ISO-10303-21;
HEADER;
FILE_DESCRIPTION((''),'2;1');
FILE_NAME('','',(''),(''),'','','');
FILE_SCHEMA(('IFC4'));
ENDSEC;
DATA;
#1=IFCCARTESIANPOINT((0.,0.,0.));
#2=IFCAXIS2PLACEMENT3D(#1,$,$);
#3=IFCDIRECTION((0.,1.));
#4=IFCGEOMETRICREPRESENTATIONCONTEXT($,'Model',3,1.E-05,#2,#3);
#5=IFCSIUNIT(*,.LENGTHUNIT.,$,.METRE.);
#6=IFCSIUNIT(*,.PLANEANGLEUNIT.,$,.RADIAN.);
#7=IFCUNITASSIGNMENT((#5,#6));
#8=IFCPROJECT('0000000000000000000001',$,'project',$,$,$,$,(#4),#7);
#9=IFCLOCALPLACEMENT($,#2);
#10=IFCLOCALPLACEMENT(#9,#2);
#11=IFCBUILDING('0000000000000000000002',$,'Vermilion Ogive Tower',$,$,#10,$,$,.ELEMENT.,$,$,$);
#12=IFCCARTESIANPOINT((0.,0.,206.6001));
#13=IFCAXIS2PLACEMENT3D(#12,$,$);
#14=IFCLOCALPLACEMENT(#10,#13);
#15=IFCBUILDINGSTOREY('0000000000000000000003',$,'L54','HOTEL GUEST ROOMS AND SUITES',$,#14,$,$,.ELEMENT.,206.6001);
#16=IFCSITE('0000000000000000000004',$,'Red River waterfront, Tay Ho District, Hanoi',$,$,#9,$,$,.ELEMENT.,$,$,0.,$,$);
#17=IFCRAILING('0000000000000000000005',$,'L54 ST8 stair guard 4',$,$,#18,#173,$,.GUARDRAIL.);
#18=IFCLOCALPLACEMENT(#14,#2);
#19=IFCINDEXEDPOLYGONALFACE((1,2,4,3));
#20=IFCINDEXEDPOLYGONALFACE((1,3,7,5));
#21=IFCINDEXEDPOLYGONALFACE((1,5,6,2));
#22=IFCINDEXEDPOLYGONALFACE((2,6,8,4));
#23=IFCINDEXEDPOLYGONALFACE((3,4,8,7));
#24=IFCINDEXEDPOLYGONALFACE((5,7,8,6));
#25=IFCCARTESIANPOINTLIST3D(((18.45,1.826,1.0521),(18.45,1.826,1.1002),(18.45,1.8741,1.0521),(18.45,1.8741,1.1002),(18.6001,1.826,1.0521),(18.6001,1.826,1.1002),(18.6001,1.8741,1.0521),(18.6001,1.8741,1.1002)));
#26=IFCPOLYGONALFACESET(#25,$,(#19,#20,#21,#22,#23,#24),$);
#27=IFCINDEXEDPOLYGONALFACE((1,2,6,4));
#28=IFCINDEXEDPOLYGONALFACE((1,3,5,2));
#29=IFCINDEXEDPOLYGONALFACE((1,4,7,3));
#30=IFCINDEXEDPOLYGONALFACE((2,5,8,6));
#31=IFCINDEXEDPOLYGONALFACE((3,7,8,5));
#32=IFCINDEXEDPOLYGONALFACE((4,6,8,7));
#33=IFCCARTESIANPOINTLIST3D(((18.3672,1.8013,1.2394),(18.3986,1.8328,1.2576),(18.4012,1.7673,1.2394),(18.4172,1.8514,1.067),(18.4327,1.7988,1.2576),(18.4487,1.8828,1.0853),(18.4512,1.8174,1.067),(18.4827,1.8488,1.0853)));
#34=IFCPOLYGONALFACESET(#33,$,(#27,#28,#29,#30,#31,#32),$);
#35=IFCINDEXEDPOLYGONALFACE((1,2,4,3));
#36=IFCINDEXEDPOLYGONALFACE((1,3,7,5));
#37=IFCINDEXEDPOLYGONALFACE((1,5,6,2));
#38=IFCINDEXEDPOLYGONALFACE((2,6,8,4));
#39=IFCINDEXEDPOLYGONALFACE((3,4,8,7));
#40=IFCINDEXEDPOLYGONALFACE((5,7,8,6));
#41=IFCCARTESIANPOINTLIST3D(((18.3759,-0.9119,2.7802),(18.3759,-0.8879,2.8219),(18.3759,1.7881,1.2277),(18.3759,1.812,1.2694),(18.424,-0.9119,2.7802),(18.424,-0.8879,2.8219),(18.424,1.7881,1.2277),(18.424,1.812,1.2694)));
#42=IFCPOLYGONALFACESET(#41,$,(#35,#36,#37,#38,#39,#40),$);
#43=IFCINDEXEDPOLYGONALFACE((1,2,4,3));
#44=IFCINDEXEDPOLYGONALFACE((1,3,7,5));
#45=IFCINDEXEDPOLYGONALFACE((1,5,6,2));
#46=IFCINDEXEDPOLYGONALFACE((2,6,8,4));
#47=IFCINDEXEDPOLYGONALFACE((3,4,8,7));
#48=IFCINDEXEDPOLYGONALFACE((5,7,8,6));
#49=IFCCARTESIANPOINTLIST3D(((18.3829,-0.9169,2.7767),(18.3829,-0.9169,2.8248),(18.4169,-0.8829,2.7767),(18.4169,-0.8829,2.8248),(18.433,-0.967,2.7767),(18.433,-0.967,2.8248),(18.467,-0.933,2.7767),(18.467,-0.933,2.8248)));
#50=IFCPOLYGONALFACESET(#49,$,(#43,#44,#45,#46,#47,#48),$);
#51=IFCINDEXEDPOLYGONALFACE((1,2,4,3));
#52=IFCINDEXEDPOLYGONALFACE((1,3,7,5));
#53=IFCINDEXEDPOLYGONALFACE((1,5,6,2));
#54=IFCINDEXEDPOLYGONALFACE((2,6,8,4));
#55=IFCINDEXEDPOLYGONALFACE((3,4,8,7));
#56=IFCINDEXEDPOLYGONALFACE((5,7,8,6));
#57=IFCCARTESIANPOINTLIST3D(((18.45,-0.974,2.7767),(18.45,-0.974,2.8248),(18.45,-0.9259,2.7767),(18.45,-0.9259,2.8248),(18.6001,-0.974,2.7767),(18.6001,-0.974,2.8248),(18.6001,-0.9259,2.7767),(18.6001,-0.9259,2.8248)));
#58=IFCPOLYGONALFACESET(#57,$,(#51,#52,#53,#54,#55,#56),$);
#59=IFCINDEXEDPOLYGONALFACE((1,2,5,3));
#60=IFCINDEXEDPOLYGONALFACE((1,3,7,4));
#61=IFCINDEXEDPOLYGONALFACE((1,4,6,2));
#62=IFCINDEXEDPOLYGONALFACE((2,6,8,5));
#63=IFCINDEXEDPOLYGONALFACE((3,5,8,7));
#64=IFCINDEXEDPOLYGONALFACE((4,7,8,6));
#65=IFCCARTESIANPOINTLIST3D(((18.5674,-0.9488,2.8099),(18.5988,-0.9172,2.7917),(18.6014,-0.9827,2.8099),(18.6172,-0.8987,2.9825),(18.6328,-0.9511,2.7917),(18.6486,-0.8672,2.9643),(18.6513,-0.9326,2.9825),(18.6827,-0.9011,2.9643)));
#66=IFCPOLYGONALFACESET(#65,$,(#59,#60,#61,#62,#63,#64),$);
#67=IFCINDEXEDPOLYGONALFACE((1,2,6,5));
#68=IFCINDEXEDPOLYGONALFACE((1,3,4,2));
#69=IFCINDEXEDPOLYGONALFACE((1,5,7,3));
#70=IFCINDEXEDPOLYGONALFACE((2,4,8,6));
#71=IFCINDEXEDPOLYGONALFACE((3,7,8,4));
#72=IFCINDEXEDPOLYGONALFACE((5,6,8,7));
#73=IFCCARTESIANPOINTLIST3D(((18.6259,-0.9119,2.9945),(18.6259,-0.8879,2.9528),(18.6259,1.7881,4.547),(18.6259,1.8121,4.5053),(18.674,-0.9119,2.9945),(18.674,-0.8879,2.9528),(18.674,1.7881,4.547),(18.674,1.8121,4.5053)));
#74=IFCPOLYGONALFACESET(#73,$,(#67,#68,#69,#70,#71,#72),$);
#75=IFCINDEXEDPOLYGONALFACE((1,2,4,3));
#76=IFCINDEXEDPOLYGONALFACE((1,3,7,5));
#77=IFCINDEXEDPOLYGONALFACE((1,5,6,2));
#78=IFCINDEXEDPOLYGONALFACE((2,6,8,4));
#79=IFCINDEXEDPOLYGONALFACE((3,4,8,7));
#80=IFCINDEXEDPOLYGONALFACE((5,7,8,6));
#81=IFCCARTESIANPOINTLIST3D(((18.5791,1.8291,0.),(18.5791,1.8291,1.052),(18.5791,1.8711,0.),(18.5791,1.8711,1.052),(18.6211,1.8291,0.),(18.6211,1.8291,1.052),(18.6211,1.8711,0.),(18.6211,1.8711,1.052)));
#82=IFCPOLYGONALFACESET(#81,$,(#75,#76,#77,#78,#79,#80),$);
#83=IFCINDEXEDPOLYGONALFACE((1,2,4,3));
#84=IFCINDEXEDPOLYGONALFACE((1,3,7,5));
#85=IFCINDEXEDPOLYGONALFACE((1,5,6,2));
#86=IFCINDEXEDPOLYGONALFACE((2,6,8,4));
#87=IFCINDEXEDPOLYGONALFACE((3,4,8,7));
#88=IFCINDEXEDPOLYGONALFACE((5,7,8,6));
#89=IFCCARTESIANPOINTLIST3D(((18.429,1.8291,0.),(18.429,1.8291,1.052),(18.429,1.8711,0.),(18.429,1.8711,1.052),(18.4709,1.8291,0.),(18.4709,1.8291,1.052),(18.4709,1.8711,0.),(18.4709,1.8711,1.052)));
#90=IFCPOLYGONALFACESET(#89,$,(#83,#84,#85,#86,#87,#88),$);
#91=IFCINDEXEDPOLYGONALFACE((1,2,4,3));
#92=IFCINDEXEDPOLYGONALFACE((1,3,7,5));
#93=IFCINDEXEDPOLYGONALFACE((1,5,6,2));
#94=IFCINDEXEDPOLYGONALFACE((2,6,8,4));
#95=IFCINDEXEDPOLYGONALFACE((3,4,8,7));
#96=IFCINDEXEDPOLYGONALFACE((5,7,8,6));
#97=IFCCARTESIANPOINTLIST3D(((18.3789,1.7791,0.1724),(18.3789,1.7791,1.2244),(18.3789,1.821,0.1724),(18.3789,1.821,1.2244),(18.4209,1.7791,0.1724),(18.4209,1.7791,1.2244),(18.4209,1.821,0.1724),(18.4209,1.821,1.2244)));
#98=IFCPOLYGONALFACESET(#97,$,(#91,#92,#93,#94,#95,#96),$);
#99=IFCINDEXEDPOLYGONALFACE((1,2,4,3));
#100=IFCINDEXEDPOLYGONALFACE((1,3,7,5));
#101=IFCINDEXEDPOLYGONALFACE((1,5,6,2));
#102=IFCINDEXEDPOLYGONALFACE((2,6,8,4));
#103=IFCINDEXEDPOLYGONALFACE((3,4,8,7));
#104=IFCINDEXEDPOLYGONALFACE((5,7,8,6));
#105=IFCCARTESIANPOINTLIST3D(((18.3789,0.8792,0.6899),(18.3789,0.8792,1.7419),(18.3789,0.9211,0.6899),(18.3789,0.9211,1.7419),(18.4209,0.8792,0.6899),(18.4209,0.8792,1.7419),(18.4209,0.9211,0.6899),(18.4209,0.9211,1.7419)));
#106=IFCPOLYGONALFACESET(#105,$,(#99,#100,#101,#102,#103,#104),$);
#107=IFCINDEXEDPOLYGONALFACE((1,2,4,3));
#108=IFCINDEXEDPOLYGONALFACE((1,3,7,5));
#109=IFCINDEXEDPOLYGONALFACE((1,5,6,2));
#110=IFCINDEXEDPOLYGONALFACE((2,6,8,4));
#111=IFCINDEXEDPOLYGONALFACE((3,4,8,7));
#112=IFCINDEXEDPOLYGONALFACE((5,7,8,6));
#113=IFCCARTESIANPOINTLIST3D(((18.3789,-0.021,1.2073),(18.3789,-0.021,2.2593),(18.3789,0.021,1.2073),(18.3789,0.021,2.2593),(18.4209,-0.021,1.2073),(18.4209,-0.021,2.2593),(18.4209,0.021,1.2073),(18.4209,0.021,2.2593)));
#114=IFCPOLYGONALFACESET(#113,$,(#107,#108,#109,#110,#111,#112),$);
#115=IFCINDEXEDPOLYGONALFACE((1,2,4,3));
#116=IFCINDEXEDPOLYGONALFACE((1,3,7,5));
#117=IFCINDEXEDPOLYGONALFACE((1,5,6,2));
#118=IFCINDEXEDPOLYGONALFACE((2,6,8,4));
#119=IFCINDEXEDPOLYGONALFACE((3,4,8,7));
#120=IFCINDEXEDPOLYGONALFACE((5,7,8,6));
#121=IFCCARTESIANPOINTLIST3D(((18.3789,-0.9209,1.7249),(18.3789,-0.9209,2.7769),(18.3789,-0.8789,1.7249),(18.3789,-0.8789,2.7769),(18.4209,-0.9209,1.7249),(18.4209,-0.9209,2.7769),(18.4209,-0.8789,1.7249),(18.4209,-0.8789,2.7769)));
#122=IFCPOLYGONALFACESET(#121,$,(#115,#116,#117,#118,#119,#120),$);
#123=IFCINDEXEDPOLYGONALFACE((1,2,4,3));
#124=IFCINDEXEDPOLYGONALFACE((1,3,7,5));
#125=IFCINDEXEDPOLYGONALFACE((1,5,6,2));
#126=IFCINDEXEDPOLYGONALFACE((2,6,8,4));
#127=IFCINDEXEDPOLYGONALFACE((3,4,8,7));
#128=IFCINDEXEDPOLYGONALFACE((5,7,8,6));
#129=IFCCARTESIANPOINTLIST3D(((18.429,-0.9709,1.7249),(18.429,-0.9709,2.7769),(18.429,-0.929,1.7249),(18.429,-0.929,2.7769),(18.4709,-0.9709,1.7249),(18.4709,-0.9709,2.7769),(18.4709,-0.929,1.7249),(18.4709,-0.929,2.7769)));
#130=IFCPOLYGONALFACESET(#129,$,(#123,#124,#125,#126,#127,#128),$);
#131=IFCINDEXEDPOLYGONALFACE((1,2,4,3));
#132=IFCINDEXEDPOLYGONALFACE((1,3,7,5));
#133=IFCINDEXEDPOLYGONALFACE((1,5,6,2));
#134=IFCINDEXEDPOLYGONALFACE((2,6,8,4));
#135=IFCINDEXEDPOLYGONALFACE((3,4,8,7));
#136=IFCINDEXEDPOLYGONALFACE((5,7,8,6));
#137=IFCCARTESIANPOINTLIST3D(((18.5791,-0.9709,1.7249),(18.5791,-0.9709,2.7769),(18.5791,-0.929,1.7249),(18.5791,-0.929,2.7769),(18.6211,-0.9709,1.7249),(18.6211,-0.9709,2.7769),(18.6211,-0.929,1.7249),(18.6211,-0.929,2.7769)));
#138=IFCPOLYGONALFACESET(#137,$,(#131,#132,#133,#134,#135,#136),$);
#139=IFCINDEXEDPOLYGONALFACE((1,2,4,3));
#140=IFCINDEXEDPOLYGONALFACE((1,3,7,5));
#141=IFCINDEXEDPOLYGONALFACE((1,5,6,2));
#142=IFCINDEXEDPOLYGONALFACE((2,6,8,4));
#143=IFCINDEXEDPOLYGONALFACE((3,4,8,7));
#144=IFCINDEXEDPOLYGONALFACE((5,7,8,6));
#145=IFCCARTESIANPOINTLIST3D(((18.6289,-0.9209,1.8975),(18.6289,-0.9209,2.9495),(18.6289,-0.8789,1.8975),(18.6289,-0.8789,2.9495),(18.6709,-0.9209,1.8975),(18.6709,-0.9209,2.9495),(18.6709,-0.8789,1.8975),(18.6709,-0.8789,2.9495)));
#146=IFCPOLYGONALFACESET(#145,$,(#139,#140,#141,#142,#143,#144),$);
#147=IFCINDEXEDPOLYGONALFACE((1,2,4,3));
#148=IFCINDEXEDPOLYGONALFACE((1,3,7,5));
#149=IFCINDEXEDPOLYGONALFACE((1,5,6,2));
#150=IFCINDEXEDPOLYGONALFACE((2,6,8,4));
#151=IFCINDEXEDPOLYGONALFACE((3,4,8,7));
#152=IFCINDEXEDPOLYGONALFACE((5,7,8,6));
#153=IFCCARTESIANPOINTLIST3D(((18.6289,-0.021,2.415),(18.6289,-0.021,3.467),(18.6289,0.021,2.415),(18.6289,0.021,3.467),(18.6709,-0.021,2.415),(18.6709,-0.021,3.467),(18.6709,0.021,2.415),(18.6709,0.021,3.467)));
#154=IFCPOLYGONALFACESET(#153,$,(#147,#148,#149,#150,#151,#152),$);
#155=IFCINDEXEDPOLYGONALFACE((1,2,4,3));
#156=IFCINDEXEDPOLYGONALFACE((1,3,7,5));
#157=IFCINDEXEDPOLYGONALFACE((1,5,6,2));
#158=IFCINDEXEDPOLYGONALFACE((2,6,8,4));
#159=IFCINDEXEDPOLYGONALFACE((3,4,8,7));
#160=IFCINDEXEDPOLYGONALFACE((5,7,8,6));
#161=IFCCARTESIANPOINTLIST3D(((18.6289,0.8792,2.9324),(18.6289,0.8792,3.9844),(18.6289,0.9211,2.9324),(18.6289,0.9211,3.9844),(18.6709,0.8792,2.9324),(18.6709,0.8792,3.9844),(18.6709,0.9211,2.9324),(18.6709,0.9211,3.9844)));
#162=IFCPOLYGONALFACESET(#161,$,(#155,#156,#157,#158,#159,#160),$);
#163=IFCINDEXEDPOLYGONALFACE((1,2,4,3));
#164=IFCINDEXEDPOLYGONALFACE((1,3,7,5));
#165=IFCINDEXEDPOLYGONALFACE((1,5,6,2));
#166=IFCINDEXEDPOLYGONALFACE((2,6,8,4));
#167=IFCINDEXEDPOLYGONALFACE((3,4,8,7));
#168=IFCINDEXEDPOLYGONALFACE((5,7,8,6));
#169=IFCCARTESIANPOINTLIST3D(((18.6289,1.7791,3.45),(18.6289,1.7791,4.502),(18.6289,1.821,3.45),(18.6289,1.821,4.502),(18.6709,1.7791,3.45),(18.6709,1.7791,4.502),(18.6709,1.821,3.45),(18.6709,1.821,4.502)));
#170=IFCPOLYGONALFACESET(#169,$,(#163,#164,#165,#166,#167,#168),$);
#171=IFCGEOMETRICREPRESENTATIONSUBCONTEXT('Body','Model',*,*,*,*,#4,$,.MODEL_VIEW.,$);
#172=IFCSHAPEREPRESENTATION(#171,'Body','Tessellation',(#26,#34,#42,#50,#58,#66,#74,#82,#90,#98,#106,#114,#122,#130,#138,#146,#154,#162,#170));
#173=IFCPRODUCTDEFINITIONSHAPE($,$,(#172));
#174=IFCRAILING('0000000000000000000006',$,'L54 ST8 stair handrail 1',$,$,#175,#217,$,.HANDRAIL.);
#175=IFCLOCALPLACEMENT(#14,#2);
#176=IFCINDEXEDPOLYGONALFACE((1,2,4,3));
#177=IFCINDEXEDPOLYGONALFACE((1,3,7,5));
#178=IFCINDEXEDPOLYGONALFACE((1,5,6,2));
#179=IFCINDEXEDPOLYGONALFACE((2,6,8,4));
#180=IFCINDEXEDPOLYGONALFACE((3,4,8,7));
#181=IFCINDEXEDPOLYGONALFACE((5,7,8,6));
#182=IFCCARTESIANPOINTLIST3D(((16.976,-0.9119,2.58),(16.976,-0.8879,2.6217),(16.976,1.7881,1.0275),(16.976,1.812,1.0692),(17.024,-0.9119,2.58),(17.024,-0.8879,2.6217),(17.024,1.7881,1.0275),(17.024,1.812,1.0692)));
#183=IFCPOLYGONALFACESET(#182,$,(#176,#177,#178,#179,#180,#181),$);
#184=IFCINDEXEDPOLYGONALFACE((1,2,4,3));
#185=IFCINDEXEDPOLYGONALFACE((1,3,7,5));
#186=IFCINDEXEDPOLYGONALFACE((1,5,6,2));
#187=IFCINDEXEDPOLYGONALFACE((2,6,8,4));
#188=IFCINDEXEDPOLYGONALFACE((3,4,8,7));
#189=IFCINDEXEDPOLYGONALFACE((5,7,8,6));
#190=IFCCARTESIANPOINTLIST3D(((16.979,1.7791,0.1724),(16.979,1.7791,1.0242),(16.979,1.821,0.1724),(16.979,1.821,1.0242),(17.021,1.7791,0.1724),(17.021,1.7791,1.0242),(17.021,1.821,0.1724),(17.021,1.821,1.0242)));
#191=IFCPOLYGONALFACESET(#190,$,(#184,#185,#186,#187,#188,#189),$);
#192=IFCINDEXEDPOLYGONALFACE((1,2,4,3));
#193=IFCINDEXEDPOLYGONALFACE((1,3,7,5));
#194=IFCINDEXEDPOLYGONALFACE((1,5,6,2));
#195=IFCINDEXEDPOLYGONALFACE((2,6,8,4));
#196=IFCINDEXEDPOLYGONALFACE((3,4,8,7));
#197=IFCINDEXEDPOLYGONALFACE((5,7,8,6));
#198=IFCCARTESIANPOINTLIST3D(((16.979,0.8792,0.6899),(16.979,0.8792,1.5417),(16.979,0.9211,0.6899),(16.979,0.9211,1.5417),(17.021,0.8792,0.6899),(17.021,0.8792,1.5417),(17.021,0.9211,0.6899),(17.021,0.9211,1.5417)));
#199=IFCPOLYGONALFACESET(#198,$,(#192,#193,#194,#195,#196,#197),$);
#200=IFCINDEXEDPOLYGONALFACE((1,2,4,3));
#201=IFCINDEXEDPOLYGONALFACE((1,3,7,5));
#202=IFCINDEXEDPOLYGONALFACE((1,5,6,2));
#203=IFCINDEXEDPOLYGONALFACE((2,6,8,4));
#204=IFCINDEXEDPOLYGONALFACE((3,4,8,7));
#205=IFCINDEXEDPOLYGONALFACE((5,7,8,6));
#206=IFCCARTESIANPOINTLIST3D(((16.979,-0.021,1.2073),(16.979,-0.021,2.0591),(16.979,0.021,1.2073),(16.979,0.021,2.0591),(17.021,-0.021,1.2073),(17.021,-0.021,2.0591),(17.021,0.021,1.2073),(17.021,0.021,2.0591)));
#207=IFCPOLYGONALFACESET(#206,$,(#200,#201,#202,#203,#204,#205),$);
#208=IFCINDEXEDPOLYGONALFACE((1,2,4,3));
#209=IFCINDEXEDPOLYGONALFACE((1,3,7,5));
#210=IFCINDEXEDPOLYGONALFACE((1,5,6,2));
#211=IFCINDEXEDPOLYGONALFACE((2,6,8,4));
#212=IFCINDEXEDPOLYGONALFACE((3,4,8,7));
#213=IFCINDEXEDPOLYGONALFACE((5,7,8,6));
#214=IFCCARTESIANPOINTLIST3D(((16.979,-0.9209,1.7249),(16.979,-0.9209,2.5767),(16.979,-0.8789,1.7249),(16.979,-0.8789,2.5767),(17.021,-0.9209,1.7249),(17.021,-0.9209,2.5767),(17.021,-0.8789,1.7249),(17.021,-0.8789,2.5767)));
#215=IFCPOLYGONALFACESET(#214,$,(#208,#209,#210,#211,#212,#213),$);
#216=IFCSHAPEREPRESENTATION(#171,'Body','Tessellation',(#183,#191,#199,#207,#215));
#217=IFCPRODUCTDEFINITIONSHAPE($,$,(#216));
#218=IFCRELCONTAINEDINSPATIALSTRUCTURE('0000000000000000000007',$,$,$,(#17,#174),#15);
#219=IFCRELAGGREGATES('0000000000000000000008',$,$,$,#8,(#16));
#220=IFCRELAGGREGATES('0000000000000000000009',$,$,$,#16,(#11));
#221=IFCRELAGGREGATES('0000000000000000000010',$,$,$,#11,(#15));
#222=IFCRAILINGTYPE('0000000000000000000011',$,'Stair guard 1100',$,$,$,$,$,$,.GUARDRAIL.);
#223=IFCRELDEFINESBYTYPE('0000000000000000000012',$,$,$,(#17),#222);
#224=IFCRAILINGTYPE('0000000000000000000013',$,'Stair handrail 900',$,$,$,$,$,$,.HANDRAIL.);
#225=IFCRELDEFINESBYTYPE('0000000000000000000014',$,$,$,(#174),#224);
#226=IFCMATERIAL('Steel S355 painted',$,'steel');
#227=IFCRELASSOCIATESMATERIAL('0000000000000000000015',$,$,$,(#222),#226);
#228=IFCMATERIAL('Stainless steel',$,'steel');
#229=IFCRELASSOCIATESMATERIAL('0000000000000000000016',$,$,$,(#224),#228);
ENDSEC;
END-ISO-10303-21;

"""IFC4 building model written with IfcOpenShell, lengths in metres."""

from ifc_helpers import new_model, si_unit, direction, frame, origin, origin_2d, place, context, subcontext, project, spatial, rectangle, extrude, material, type_object, element, save


model = new_model("IFC4")

# Units and contexts
model_context = context("Model", 3, precision=1e-05, world=origin(), true_north=direction((0.0, 1.0)))
body_context = subcontext(model_context, "Body", "Model", "MODEL_VIEW")
ifc_project = project(units=[si_unit("LENGTHUNIT", "METRE"), si_unit("PLANEANGLEUNIT", "RADIAN")], contexts=[model_context])

# Site, building, storey
site_placement = place(None, origin())
site = spatial("IfcSite", under=ifc_project, at=site_placement, Name="Red River waterfront, Tay Ho District, Hanoi", CompositionType="ELEMENT", RefElevation=0.0)
building_placement = place(site_placement, origin())
building = spatial("IfcBuilding", under=site, at=building_placement, Name="Vermilion Ogive Tower", CompositionType="ELEMENT")
storey_placement = place(building_placement, frame((0.0, 0.0, 206.6001)))
storey = spatial("IfcBuildingStorey", under=building, at=storey_placement, Name="L54", Description="HOTEL GUEST ROOMS AND SUITES", CompositionType="ELEMENT", Elevation=206.6001)

# Railings
ifc_material_1 = material(Name="Steel S355 painted", Category="steel")
railing_type_1 = type_object("IfcRailingType", Name="Stair guard 1100", PredefinedType="GUARDRAIL", material=ifc_material_1)
railing_1_placement = place(storey_placement, frame((18.6001, 1.8501, 0.0)))
element("IfcRailing", 1, at=railing_1_placement, inside=storey, type_object=railing_type_1, Name="L54 ST8 stair guard 4", PredefinedType="GUARDRAIL", context=body_context, shape_type="SweptSolid", body=[
    extrude(rectangle(XDim=0.0481, YDim=0.0481, at=origin_2d()), frame((0.0, 0.0, 1.0762), z_axis=(-1.0, 0.0, 0.0), x_axis=(0.0, -1.0, 0.0)), (0.0, 0.0, 1.0), 0.1501),
    extrude(rectangle(XDim=0.0481, YDim=0.0481, at=origin_2d()), frame((-0.1501, 0.0, 1.0762), z_axis=(-0.268603, -0.268603, 0.925043), x_axis=(0.707107, -0.707107, 0.0)), (0.0, 0.0, 1.0), 0.1863),
    extrude(rectangle(XDim=0.0481, YDim=0.0481, at=origin_2d()), frame((-0.2002, -0.05, 1.2485), z_axis=(0.0, -0.866904, 0.498476), x_axis=(1.0, 0.0, 0.0)), (0.0, 0.0, 1.0), 3.1145),
    extrude(rectangle(XDim=0.0481, YDim=0.0481, at=origin_2d()), frame((-0.2002, -2.75, 2.8008), z_axis=(0.707107, -0.707107, 0.0), x_axis=(0.707107, 0.707107, 0.0)), (0.0, 0.0, 1.0), 0.0708),
    extrude(rectangle(XDim=0.0481, YDim=0.0481, at=origin_2d()), frame((-0.1501, -2.8, 2.8008), z_axis=(1.0, 0.0, 0.0), x_axis=(0.0, 1.0, 0.0)), (0.0, 0.0, 1.0), 0.1501),
    extrude(rectangle(XDim=0.0481, YDim=0.0481, at=origin_2d()), frame((0.0, -2.8, 2.8008), z_axis=(0.267063, 0.268372, 0.925556), x_axis=(-0.708834, 0.705376, 0.0)), (0.0, 0.0, 1.0), 0.1865),
    extrude(rectangle(XDim=0.0481, YDim=0.0481, at=origin_2d()), frame((0.0498, -2.75, 2.9736), z_axis=(0.0, 0.866904, 0.498476), x_axis=(-1.0, 0.0, 0.0)), (0.0, 0.0, 1.0), 3.1145),
    extrude(rectangle(XDim=0.042, YDim=0.042, at=origin_2d()), origin(), (0.0, 0.0, 1.0), 1.052),
    extrude(rectangle(XDim=0.042, YDim=0.042, at=origin_2d()), frame((-0.1501, 0.0, 0.0)), (0.0, 0.0, 1.0), 1.052),
    extrude(rectangle(XDim=0.042, YDim=0.042, at=origin_2d()), frame((-0.2002, -0.05, 0.1724)), (0.0, 0.0, 1.0), 1.052),
    extrude(rectangle(XDim=0.042, YDim=0.042, at=origin_2d()), frame((-0.2002, -0.95, 0.6899)), (0.0, 0.0, 1.0), 1.052),
    extrude(rectangle(XDim=0.042, YDim=0.042, at=origin_2d()), frame((-0.2002, -1.8501, 1.2073)), (0.0, 0.0, 1.0), 1.052),
    extrude(rectangle(XDim=0.042, YDim=0.042, at=origin_2d()), frame((-0.2002, -2.75, 1.7249)), (0.0, 0.0, 1.0), 1.052),
    extrude(rectangle(XDim=0.042, YDim=0.042, at=origin_2d()), frame((-0.1501, -2.8, 1.7249)), (0.0, 0.0, 1.0), 1.052),
    extrude(rectangle(XDim=0.042, YDim=0.042, at=origin_2d()), frame((0.0, -2.8, 1.7249)), (0.0, 0.0, 1.0), 1.052),
    extrude(rectangle(XDim=0.042, YDim=0.042, at=origin_2d()), frame((0.0498, -2.75, 1.8975)), (0.0, 0.0, 1.0), 1.052),
    extrude(rectangle(XDim=0.042, YDim=0.042, at=origin_2d()), frame((0.0498, -1.8501, 2.415)), (0.0, 0.0, 1.0), 1.052),
    extrude(rectangle(XDim=0.042, YDim=0.042, at=origin_2d()), frame((0.0498, -0.95, 2.9324)), (0.0, 0.0, 1.0), 1.052),
    extrude(rectangle(XDim=0.042, YDim=0.042, at=origin_2d()), frame((0.0498, -0.05, 3.45)), (0.0, 0.0, 1.0), 1.052),
])
ifc_material_2 = material(Name="Stainless steel", Category="steel")
railing_type_2 = type_object("IfcRailingType", Name="Stair handrail 900", PredefinedType="HANDRAIL", material=ifc_material_2)
railing_2_placement = place(storey_placement, frame((17.0, 1.8, 0.1724)))
element("IfcRailing", 2, at=railing_2_placement, inside=storey, type_object=railing_type_2, Name="L54 ST8 stair handrail 1", PredefinedType="HANDRAIL", context=body_context, shape_type="SweptSolid", body=[
    extrude(rectangle(XDim=0.0481, YDim=0.0481, at=origin_2d()), frame((0.0, 0.0, 0.876), z_axis=(0.0, -0.866904, 0.498476), x_axis=(1.0, 0.0, 0.0)), (0.0, 0.0, 1.0), 3.1145),
    extrude(rectangle(XDim=0.042, YDim=0.042, at=origin_2d()), origin(), (0.0, 0.0, 1.0), 0.8518),
    extrude(rectangle(XDim=0.042, YDim=0.042, at=origin_2d()), frame((0.0, -0.8999, 0.5176)), (0.0, 0.0, 1.0), 0.8518),
    extrude(rectangle(XDim=0.042, YDim=0.042, at=origin_2d()), frame((0.0, -1.8, 1.0349)), (0.0, 0.0, 1.0), 0.8518),
    extrude(rectangle(XDim=0.042, YDim=0.042, at=origin_2d()), frame((0.0, -2.7, 1.5525)), (0.0, 0.0, 1.0), 0.8518),
])

save(model, "model.ifc")
